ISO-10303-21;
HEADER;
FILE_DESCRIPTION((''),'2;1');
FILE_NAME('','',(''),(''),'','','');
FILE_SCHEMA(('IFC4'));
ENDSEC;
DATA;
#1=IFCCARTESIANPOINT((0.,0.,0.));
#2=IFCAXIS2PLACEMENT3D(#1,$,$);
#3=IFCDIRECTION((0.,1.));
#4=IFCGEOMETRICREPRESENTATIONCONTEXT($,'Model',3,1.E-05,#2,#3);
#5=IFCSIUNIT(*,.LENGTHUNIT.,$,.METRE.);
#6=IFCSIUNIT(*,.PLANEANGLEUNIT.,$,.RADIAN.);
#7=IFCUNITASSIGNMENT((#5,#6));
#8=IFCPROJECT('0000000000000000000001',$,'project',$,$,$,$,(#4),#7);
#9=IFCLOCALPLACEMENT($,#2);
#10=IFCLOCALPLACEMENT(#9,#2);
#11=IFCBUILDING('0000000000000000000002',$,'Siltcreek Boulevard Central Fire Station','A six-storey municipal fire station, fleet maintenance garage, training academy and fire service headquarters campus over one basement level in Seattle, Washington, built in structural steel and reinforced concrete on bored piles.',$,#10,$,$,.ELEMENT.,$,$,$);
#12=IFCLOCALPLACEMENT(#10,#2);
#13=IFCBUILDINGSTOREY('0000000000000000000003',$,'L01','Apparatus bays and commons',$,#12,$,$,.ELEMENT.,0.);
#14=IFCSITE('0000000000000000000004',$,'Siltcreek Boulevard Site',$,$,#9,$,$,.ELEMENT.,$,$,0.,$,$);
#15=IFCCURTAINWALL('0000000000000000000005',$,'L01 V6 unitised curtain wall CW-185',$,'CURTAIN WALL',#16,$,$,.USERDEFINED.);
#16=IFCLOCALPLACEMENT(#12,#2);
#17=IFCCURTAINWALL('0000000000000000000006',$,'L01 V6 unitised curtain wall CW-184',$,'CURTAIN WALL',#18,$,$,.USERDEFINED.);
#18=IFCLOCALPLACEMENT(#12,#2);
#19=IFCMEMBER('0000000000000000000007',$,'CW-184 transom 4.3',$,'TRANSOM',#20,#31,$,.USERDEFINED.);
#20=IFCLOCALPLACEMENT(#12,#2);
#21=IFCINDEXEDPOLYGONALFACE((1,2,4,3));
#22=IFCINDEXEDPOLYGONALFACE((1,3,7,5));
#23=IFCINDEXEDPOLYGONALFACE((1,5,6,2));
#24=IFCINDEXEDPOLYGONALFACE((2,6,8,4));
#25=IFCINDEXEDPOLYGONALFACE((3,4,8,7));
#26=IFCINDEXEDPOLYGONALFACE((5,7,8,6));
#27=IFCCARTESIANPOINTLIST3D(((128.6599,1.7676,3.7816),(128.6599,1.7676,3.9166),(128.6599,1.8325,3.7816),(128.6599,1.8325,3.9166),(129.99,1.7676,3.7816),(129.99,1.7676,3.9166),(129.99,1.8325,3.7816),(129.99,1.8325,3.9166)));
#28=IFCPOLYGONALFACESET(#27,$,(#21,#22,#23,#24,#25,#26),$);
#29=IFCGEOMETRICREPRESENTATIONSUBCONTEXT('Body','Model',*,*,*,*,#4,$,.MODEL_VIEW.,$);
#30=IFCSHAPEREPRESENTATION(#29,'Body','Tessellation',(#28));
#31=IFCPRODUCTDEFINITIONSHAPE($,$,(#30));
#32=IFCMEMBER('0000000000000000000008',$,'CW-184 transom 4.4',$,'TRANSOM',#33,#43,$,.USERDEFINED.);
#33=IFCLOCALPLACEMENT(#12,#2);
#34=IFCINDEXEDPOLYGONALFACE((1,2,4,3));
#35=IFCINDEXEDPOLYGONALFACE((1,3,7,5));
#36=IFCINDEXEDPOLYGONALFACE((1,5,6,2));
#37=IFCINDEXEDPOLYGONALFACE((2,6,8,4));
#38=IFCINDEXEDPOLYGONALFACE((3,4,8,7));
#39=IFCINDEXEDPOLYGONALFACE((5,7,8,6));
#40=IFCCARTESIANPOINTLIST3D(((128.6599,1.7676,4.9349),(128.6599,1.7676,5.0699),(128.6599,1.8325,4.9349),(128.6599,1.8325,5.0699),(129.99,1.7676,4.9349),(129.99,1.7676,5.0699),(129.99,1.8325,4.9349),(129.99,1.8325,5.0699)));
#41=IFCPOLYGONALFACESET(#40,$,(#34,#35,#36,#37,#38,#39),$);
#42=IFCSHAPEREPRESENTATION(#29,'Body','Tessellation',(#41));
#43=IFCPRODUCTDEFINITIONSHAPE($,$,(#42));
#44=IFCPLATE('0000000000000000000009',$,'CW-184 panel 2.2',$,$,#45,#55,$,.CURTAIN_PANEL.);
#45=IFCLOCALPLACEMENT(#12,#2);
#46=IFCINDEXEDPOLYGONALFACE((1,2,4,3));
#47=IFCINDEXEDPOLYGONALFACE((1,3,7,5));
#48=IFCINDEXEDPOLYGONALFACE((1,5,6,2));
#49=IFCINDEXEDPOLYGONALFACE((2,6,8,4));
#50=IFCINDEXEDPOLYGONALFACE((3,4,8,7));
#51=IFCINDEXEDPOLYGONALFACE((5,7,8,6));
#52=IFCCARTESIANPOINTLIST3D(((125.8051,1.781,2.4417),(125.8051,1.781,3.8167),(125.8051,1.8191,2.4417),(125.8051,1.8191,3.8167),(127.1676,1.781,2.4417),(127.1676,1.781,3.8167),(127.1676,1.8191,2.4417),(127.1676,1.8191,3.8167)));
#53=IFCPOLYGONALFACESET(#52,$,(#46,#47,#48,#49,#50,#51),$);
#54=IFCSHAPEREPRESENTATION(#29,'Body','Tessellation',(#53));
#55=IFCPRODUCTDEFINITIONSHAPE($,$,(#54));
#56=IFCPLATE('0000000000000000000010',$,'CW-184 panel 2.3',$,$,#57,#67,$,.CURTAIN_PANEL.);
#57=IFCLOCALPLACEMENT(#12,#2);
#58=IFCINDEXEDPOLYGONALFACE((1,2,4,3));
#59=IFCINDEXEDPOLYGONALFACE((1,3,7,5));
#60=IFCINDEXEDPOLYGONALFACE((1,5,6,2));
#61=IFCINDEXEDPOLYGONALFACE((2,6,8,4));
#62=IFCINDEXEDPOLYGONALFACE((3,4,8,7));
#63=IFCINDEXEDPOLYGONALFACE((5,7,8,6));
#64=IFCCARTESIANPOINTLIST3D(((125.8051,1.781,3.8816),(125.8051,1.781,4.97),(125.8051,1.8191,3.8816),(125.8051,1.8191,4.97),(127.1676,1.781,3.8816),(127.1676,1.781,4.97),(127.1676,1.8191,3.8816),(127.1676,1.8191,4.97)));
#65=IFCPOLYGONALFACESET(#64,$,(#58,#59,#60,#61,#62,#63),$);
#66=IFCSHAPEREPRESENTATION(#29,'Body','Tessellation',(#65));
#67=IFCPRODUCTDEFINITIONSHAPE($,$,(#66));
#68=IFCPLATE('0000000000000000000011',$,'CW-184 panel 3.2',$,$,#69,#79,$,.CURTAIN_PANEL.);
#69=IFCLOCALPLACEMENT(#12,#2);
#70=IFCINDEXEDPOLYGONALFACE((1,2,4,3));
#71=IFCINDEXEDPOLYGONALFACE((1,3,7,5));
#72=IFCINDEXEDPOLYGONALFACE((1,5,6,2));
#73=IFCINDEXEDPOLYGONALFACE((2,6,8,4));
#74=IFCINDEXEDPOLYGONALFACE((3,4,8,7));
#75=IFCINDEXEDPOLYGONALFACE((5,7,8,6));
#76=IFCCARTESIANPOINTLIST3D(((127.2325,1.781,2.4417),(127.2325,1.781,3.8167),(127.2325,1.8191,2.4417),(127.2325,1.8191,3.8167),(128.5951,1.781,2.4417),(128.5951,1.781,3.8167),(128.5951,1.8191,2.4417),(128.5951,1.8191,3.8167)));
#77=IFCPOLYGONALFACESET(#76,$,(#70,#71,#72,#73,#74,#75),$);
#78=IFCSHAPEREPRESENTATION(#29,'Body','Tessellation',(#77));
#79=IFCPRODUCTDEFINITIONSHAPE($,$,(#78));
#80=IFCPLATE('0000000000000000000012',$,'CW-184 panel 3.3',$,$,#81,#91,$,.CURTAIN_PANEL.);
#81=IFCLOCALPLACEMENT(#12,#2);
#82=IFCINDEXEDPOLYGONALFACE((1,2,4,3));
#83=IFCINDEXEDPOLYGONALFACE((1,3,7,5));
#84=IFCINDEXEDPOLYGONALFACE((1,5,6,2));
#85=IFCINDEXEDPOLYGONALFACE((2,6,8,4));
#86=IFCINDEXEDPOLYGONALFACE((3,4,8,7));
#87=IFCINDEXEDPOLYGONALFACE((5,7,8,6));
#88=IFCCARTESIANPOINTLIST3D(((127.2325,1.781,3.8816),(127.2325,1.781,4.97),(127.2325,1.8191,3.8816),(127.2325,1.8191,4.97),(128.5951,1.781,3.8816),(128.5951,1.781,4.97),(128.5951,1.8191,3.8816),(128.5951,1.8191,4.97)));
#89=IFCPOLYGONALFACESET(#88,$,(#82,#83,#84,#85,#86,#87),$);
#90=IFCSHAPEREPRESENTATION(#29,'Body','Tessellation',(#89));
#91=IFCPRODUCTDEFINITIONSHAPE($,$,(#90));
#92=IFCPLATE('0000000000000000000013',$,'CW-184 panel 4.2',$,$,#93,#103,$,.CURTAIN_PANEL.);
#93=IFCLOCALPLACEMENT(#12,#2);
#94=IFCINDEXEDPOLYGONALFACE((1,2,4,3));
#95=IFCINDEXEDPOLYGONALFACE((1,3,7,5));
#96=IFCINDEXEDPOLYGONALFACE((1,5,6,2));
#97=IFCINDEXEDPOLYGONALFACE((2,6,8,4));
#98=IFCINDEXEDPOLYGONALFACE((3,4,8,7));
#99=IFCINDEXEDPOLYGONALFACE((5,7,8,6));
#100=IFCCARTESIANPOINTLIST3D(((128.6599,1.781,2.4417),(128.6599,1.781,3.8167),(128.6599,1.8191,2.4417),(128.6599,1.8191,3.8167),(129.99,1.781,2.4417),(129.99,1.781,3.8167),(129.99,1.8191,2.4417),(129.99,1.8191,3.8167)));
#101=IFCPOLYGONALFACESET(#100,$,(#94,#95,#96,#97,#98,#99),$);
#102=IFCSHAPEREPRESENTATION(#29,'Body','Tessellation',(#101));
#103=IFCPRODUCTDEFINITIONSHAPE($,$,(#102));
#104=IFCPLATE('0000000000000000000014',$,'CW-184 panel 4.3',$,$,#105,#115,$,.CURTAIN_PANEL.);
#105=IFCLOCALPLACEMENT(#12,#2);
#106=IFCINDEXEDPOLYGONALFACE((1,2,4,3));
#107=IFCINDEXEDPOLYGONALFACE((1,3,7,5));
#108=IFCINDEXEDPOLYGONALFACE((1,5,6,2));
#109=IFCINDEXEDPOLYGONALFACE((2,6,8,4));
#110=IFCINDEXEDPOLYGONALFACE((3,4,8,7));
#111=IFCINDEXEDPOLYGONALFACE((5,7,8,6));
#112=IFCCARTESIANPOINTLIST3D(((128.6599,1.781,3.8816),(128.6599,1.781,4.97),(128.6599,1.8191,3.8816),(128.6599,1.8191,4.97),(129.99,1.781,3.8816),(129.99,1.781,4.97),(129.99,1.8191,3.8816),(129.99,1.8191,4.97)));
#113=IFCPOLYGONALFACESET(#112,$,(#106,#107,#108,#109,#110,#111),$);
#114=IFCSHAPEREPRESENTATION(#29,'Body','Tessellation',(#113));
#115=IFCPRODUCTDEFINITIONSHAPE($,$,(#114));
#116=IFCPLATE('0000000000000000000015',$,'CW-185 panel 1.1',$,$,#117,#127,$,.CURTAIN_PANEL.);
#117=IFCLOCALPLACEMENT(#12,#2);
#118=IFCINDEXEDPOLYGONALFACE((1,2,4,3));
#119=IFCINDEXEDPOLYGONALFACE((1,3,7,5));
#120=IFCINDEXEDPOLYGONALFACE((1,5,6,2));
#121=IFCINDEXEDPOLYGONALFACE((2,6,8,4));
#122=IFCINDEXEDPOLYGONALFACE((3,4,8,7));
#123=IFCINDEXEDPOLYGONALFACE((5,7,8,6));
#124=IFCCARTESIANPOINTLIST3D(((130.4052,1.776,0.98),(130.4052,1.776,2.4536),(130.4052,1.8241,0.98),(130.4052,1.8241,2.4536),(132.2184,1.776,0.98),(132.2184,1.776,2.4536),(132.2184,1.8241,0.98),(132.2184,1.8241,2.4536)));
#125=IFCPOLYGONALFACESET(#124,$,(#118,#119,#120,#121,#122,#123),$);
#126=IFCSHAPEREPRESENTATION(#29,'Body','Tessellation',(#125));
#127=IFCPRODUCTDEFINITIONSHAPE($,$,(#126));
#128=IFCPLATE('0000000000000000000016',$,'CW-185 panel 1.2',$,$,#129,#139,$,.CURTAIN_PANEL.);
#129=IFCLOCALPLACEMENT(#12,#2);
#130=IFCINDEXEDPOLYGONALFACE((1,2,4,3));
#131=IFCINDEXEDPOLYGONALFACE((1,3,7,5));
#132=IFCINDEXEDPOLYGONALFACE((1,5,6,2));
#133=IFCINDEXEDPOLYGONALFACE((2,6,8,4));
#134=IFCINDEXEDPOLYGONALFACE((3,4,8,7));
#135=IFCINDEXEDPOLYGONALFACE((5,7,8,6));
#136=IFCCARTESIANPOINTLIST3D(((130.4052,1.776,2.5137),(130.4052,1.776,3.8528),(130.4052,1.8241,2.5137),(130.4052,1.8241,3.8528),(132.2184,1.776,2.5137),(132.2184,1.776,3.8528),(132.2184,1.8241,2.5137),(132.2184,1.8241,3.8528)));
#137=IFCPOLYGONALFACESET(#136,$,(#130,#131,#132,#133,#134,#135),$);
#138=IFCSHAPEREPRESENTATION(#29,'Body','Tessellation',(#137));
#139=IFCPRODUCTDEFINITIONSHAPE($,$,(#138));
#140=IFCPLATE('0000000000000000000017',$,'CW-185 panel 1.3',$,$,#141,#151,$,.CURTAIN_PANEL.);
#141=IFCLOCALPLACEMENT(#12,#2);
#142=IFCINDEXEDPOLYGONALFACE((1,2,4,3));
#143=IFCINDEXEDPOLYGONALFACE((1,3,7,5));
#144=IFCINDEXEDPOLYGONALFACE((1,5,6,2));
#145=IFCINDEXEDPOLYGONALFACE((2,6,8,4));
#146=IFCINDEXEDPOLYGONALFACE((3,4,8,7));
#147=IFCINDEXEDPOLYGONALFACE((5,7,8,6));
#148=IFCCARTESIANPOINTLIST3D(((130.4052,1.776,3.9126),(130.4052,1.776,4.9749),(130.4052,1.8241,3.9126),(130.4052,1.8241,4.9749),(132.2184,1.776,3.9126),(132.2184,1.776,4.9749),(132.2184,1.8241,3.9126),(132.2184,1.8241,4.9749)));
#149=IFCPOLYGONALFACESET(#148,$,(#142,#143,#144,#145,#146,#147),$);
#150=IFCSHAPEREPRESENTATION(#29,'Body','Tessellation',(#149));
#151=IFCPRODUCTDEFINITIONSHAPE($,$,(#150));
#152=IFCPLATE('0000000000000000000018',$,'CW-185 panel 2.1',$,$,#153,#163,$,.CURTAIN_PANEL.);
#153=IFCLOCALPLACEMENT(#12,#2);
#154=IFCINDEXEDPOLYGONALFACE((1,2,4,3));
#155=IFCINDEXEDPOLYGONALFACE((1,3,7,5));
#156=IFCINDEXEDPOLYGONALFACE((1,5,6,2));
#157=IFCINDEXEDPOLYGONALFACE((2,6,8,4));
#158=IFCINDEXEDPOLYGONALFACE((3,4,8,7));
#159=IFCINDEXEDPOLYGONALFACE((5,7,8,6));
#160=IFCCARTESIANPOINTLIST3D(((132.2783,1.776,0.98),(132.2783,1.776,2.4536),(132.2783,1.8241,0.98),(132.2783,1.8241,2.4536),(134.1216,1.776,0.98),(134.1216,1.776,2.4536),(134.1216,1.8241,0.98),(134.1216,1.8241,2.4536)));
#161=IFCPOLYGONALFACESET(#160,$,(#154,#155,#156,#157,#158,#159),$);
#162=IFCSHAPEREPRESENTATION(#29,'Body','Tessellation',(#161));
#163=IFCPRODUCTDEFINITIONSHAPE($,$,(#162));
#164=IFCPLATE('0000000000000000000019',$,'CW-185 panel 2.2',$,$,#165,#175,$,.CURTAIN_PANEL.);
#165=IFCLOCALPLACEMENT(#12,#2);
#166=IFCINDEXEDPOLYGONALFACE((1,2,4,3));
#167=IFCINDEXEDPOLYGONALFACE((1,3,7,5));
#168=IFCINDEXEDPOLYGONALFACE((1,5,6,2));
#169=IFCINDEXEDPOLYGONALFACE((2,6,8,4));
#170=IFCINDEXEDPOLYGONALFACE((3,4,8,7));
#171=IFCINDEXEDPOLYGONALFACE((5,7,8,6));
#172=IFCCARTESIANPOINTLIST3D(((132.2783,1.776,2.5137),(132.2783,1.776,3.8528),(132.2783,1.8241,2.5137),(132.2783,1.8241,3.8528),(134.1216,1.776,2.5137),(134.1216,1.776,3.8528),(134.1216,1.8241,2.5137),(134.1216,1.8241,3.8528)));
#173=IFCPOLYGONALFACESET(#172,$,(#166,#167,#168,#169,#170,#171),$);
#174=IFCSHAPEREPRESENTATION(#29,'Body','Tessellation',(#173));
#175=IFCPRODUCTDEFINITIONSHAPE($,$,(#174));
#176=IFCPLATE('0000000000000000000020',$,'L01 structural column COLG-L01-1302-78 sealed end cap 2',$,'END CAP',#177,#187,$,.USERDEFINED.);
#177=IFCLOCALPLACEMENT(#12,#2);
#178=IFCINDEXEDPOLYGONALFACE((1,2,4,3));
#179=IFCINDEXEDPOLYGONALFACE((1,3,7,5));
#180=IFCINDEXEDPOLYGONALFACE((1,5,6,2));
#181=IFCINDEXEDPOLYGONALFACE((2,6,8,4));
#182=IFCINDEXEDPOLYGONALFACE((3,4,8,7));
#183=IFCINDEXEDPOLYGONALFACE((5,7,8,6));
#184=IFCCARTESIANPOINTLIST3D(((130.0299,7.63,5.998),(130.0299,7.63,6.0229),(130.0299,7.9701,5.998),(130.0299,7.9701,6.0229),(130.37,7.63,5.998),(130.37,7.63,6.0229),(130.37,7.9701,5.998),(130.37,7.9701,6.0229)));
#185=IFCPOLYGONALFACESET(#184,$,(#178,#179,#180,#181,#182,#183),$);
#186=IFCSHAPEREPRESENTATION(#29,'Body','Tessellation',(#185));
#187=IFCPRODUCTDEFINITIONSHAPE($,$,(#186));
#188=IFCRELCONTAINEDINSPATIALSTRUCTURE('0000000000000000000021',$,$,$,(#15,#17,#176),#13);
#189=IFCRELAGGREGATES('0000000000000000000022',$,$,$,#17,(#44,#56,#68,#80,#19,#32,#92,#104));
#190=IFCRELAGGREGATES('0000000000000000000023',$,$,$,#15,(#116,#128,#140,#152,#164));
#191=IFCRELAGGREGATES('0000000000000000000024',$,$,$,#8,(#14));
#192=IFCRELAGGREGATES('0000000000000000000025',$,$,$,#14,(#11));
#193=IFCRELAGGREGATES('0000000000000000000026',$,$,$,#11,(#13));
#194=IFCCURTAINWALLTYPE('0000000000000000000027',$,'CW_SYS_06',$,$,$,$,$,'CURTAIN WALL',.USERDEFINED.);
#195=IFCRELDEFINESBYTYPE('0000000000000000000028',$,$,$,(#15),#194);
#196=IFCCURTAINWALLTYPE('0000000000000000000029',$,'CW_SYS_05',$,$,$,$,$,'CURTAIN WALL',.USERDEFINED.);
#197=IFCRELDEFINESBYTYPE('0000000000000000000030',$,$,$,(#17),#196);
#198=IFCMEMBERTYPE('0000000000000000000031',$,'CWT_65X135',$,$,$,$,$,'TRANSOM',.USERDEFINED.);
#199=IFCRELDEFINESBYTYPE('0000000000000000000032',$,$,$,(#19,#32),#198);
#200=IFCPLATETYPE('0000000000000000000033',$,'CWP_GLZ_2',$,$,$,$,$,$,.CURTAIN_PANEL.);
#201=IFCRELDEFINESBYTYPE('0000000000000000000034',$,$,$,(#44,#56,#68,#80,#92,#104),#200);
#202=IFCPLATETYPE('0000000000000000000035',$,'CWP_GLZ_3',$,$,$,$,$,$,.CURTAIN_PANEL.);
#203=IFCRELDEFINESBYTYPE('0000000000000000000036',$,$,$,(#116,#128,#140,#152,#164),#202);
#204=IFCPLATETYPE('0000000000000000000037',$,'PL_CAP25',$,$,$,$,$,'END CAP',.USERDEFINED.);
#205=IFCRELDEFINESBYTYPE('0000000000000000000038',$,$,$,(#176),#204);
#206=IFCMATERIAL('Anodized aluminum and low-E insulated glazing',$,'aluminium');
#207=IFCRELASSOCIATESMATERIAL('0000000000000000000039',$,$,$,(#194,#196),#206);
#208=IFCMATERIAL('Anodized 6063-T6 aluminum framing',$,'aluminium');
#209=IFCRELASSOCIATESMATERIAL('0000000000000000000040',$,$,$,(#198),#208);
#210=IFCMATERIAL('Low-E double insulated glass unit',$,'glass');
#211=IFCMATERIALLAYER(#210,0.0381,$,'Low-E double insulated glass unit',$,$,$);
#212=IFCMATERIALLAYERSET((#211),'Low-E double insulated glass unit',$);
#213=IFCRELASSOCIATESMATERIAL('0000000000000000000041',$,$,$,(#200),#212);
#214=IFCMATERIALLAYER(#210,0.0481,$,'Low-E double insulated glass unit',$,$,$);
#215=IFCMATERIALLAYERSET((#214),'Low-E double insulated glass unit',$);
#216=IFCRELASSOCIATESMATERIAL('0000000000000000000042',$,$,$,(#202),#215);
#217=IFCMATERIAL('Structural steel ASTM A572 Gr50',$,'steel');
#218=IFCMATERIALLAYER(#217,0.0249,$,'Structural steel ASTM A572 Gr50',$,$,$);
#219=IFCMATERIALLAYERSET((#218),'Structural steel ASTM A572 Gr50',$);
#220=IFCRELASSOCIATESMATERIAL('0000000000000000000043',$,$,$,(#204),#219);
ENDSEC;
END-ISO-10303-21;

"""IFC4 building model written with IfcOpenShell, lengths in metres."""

from ifc_helpers import new_model, si_unit, direction, frame, origin, origin_2d, place, context, subcontext, project, spatial, rectangle, extrude, material, layer, layer_set, material_profile, profile_set, type_object, element, aggregate, save


model = new_model("IFC4")

# Units and contexts
model_context = context("Model", 3, precision=1e-05, world=origin(), true_north=direction((0.0, 1.0)))
body_context = subcontext(model_context, "Body", "Model", "MODEL_VIEW")
ifc_project = project(units=[si_unit("LENGTHUNIT", "METRE"), si_unit("PLANEANGLEUNIT", "RADIAN")], contexts=[model_context])

# Site, building, storey
site_placement = place(None, origin())
site = spatial("IfcSite", under=ifc_project, at=site_placement, Name="Siltcreek Boulevard Site", CompositionType="ELEMENT", RefElevation=0.0)
building_placement = place(site_placement, origin())
building = spatial("IfcBuilding", under=site, at=building_placement, Name="Siltcreek Boulevard Central Fire Station", Description="A six-storey municipal fire station, fleet maintenance garage, training academy and fire service headquarters campus over one basement level in Seattle, Washington, built in structural steel and reinforced concrete on bored piles.", CompositionType="ELEMENT")
storey_placement = place(building_placement, origin())
storey = spatial("IfcBuildingStorey", under=building, at=storey_placement, Name="L01", Description="Apparatus bays and commons", CompositionType="ELEMENT", Elevation=0.0)

# Curtain wall
ifc_material_1 = material(Name="Anodized aluminum and low-E insulated glazing", Category="aluminium")
curtain_wall_type_1 = type_object("IfcCurtainWallType", Name="CW_SYS_06", ElementType="CURTAIN WALL", PredefinedType="USERDEFINED", material=ifc_material_1)
curtain_wall_1_placement = place(storey_placement, origin())
curtain_wall_1 = element("IfcCurtainWall", 1, at=curtain_wall_1_placement, inside=storey, type_object=curtain_wall_type_1, Name="L01 V6 unitised curtain wall CW-185", ObjectType="CURTAIN WALL", PredefinedType="USERDEFINED")
ifc_material_2 = material(Name="Anodized 6063-T6 aluminum framing", Category="aluminium")

# Curtain wall, members, plates
curtain_wall_type_2 = type_object("IfcCurtainWallType", Name="CW_SYS_05", ElementType="CURTAIN WALL", PredefinedType="USERDEFINED", material=ifc_material_1)
curtain_wall_2_placement = place(storey_placement, origin())
curtain_wall_2 = element("IfcCurtainWall", 2, at=curtain_wall_2_placement, inside=storey, type_object=curtain_wall_type_2, Name="L01 V6 unitised curtain wall CW-184", ObjectType="CURTAIN WALL", PredefinedType="USERDEFINED")
ifc_material_profile_1 = material_profile(ifc_material_2, rectangle(XDim=0.0649, YDim=0.135, at=origin_2d()), Name="TRAN65X135")
ifc_profile_set_1 = profile_set([ifc_material_profile_1], Name="Anodized 6063-T6 aluminum framing")
member_type_1 = type_object("IfcMemberType", Name="CWT_65X135", ElementType="TRANSOM", PredefinedType="USERDEFINED", material=ifc_profile_set_1)
member_1_placement = place(storey_placement, frame((128.6599, 1.8, 3.8491), z_axis=(1.0, 0.0, 0.0), x_axis=(0.0, 1.0, 0.0)))
member_1 = element("IfcMember", 3, at=member_1_placement, type_object=member_type_1, Name="CW-184 transom 4.3", ObjectType="TRANSOM", PredefinedType="USERDEFINED", context=body_context, shape_type="SweptSolid", body=[
    extrude(rectangle(XDim=0.0649, YDim=0.135, at=origin_2d()), origin(), (0.0, 0.0, 1.0), 1.3301),
])
member_2_placement = place(storey_placement, frame((128.6599, 1.8, 5.0024), z_axis=(1.0, 0.0, 0.0), x_axis=(0.0, 1.0, 0.0)))
member_2 = element("IfcMember", 4, at=member_2_placement, type_object=member_type_1, Name="CW-184 transom 4.4", ObjectType="TRANSOM", PredefinedType="USERDEFINED", context=body_context, shape_type="SweptSolid", body=[
    extrude(rectangle(XDim=0.0649, YDim=0.135, at=origin_2d()), origin(), (0.0, 0.0, 1.0), 1.3301),
])
ifc_material_3 = material(Name="Low-E double insulated glass unit", Category="glass")
ifc_layer_1 = layer(ifc_material_3, 0.0381, Name="Low-E double insulated glass unit")
ifc_layer_set_1 = layer_set([ifc_layer_1], Name="Low-E double insulated glass unit")
plate_type_1 = type_object("IfcPlateType", Name="CWP_GLZ_2", PredefinedType="CURTAIN_PANEL", material=ifc_layer_set_1)
plate_1_placement = place(storey_placement, frame((126.4863, 1.8, 2.4417), z_axis=(0.0, 0.0, 1.0), x_axis=(1.0, 0.0, 0.0)))
plate_1 = element("IfcPlate", 5, at=plate_1_placement, type_object=plate_type_1, Name="CW-184 panel 2.2", PredefinedType="CURTAIN_PANEL", context=body_context, shape_type="SweptSolid", body=[
    extrude(rectangle(XDim=1.3625, YDim=0.0381, at=origin_2d()), origin(), (0.0, 0.0, 1.0), 1.375),
])
plate_2_placement = place(storey_placement, frame((126.4863, 1.8, 3.8816), z_axis=(0.0, 0.0, 1.0), x_axis=(1.0, 0.0, 0.0)))
plate_2 = element("IfcPlate", 6, at=plate_2_placement, type_object=plate_type_1, Name="CW-184 panel 2.3", PredefinedType="CURTAIN_PANEL", context=body_context, shape_type="SweptSolid", body=[
    extrude(rectangle(XDim=1.3625, YDim=0.0381, at=origin_2d()), origin(), (0.0, 0.0, 1.0), 1.0884),
])
plate_3_placement = place(storey_placement, frame((127.9138, 1.8, 2.4417), z_axis=(0.0, 0.0, 1.0), x_axis=(1.0, 0.0, 0.0)))
plate_3 = element("IfcPlate", 7, at=plate_3_placement, type_object=plate_type_1, Name="CW-184 panel 3.2", PredefinedType="CURTAIN_PANEL", context=body_context, shape_type="SweptSolid", body=[
    extrude(rectangle(XDim=1.3625, YDim=0.0381, at=origin_2d()), origin(), (0.0, 0.0, 1.0), 1.375),
])
plate_4_placement = place(storey_placement, frame((127.9138, 1.8, 3.8816), z_axis=(0.0, 0.0, 1.0), x_axis=(1.0, 0.0, 0.0)))
plate_4 = element("IfcPlate", 8, at=plate_4_placement, type_object=plate_type_1, Name="CW-184 panel 3.3", PredefinedType="CURTAIN_PANEL", context=body_context, shape_type="SweptSolid", body=[
    extrude(rectangle(XDim=1.3625, YDim=0.0381, at=origin_2d()), origin(), (0.0, 0.0, 1.0), 1.0884),
])
plate_5_placement = place(storey_placement, frame((129.325, 1.8, 2.4417), z_axis=(0.0, 0.0, 1.0), x_axis=(1.0, 0.0, 0.0)))
plate_5 = element("IfcPlate", 9, at=plate_5_placement, type_object=plate_type_1, Name="CW-184 panel 4.2", PredefinedType="CURTAIN_PANEL", context=body_context, shape_type="SweptSolid", body=[
    extrude(rectangle(XDim=1.3301, YDim=0.0381, at=origin_2d()), origin(), (0.0, 0.0, 1.0), 1.375),
])
plate_6_placement = place(storey_placement, frame((129.325, 1.8, 3.8816), z_axis=(0.0, 0.0, 1.0), x_axis=(1.0, 0.0, 0.0)))
plate_6 = element("IfcPlate", 10, at=plate_6_placement, type_object=plate_type_1, Name="CW-184 panel 4.3", PredefinedType="CURTAIN_PANEL", context=body_context, shape_type="SweptSolid", body=[
    extrude(rectangle(XDim=1.3301, YDim=0.0381, at=origin_2d()), origin(), (0.0, 0.0, 1.0), 1.0884),
])
aggregate(curtain_wall_2, [plate_1, plate_2, plate_3, plate_4, member_1, member_2, plate_5, plate_6])

# Plates
ifc_layer_2 = layer(ifc_material_3, 0.0481, Name="Low-E double insulated glass unit")
ifc_layer_set_2 = layer_set([ifc_layer_2], Name="Low-E double insulated glass unit")
plate_type_2 = type_object("IfcPlateType", Name="CWP_GLZ_3", PredefinedType="CURTAIN_PANEL", material=ifc_layer_set_2)
plate_7_placement = place(storey_placement, frame((131.3118, 1.8, 0.98), z_axis=(0.0, 0.0, 1.0), x_axis=(1.0, 0.0, 0.0)))
plate_7 = element("IfcPlate", 11, at=plate_7_placement, type_object=plate_type_2, Name="CW-185 panel 1.1", PredefinedType="CURTAIN_PANEL", context=body_context, shape_type="SweptSolid", body=[
    extrude(rectangle(XDim=1.8132, YDim=0.0481, at=origin_2d()), origin(), (0.0, 0.0, 1.0), 1.4736),
])
plate_8_placement = place(storey_placement, frame((131.3118, 1.8, 2.5137), z_axis=(0.0, 0.0, 1.0), x_axis=(1.0, 0.0, 0.0)))
plate_8 = element("IfcPlate", 12, at=plate_8_placement, type_object=plate_type_2, Name="CW-185 panel 1.2", PredefinedType="CURTAIN_PANEL", context=body_context, shape_type="SweptSolid", body=[
    extrude(rectangle(XDim=1.8132, YDim=0.0481, at=origin_2d()), origin(), (0.0, 0.0, 1.0), 1.3391),
])
plate_9_placement = place(storey_placement, frame((131.3118, 1.8, 3.9126), z_axis=(0.0, 0.0, 1.0), x_axis=(1.0, 0.0, 0.0)))
plate_9 = element("IfcPlate", 13, at=plate_9_placement, type_object=plate_type_2, Name="CW-185 panel 1.3", PredefinedType="CURTAIN_PANEL", context=body_context, shape_type="SweptSolid", body=[
    extrude(rectangle(XDim=1.8132, YDim=0.0481, at=origin_2d()), origin(), (0.0, 0.0, 1.0), 1.0623),
])
plate_10_placement = place(storey_placement, frame((133.2, 1.8, 0.98), z_axis=(0.0, 0.0, 1.0), x_axis=(1.0, 0.0, 0.0)))
plate_10 = element("IfcPlate", 14, at=plate_10_placement, type_object=plate_type_2, Name="CW-185 panel 2.1", PredefinedType="CURTAIN_PANEL", context=body_context, shape_type="SweptSolid", body=[
    extrude(rectangle(XDim=1.8433, YDim=0.0481, at=origin_2d()), origin(), (0.0, 0.0, 1.0), 1.4736),
])
plate_11_placement = place(storey_placement, frame((133.2, 1.8, 2.5137), z_axis=(0.0, 0.0, 1.0), x_axis=(1.0, 0.0, 0.0)))
plate_11 = element("IfcPlate", 15, at=plate_11_placement, type_object=plate_type_2, Name="CW-185 panel 2.2", PredefinedType="CURTAIN_PANEL", context=body_context, shape_type="SweptSolid", body=[
    extrude(rectangle(XDim=1.8433, YDim=0.0481, at=origin_2d()), origin(), (0.0, 0.0, 1.0), 1.3391),
])
aggregate(curtain_wall_1, [plate_7, plate_8, plate_9, plate_10, plate_11])
ifc_material_4 = material(Name="Structural steel ASTM A572 Gr50", Category="steel")
ifc_layer_3 = layer(ifc_material_4, 0.0249, Name="Structural steel ASTM A572 Gr50")
ifc_layer_set_3 = layer_set([ifc_layer_3], Name="Structural steel ASTM A572 Gr50")
plate_type_3 = type_object("IfcPlateType", Name="PL_CAP25", ElementType="END CAP", PredefinedType="USERDEFINED", material=ifc_layer_set_3)
plate_12_placement = place(storey_placement, frame((130.2, 7.8, 5.998), z_axis=(0.0, 0.0, 1.0), x_axis=(1.0, 0.0, 0.0)))
element("IfcPlate", 16, at=plate_12_placement, inside=storey, type_object=plate_type_3, Name="L01 structural column COLG-L01-1302-78 sealed end cap 2", ObjectType="END CAP", PredefinedType="USERDEFINED", context=body_context, shape_type="SweptSolid", body=[
    extrude(rectangle(XDim=0.3401, YDim=0.3401, at=origin_2d()), origin(), (0.0, 0.0, 1.0), 0.0249),
])

save(model, "model.ifc")
